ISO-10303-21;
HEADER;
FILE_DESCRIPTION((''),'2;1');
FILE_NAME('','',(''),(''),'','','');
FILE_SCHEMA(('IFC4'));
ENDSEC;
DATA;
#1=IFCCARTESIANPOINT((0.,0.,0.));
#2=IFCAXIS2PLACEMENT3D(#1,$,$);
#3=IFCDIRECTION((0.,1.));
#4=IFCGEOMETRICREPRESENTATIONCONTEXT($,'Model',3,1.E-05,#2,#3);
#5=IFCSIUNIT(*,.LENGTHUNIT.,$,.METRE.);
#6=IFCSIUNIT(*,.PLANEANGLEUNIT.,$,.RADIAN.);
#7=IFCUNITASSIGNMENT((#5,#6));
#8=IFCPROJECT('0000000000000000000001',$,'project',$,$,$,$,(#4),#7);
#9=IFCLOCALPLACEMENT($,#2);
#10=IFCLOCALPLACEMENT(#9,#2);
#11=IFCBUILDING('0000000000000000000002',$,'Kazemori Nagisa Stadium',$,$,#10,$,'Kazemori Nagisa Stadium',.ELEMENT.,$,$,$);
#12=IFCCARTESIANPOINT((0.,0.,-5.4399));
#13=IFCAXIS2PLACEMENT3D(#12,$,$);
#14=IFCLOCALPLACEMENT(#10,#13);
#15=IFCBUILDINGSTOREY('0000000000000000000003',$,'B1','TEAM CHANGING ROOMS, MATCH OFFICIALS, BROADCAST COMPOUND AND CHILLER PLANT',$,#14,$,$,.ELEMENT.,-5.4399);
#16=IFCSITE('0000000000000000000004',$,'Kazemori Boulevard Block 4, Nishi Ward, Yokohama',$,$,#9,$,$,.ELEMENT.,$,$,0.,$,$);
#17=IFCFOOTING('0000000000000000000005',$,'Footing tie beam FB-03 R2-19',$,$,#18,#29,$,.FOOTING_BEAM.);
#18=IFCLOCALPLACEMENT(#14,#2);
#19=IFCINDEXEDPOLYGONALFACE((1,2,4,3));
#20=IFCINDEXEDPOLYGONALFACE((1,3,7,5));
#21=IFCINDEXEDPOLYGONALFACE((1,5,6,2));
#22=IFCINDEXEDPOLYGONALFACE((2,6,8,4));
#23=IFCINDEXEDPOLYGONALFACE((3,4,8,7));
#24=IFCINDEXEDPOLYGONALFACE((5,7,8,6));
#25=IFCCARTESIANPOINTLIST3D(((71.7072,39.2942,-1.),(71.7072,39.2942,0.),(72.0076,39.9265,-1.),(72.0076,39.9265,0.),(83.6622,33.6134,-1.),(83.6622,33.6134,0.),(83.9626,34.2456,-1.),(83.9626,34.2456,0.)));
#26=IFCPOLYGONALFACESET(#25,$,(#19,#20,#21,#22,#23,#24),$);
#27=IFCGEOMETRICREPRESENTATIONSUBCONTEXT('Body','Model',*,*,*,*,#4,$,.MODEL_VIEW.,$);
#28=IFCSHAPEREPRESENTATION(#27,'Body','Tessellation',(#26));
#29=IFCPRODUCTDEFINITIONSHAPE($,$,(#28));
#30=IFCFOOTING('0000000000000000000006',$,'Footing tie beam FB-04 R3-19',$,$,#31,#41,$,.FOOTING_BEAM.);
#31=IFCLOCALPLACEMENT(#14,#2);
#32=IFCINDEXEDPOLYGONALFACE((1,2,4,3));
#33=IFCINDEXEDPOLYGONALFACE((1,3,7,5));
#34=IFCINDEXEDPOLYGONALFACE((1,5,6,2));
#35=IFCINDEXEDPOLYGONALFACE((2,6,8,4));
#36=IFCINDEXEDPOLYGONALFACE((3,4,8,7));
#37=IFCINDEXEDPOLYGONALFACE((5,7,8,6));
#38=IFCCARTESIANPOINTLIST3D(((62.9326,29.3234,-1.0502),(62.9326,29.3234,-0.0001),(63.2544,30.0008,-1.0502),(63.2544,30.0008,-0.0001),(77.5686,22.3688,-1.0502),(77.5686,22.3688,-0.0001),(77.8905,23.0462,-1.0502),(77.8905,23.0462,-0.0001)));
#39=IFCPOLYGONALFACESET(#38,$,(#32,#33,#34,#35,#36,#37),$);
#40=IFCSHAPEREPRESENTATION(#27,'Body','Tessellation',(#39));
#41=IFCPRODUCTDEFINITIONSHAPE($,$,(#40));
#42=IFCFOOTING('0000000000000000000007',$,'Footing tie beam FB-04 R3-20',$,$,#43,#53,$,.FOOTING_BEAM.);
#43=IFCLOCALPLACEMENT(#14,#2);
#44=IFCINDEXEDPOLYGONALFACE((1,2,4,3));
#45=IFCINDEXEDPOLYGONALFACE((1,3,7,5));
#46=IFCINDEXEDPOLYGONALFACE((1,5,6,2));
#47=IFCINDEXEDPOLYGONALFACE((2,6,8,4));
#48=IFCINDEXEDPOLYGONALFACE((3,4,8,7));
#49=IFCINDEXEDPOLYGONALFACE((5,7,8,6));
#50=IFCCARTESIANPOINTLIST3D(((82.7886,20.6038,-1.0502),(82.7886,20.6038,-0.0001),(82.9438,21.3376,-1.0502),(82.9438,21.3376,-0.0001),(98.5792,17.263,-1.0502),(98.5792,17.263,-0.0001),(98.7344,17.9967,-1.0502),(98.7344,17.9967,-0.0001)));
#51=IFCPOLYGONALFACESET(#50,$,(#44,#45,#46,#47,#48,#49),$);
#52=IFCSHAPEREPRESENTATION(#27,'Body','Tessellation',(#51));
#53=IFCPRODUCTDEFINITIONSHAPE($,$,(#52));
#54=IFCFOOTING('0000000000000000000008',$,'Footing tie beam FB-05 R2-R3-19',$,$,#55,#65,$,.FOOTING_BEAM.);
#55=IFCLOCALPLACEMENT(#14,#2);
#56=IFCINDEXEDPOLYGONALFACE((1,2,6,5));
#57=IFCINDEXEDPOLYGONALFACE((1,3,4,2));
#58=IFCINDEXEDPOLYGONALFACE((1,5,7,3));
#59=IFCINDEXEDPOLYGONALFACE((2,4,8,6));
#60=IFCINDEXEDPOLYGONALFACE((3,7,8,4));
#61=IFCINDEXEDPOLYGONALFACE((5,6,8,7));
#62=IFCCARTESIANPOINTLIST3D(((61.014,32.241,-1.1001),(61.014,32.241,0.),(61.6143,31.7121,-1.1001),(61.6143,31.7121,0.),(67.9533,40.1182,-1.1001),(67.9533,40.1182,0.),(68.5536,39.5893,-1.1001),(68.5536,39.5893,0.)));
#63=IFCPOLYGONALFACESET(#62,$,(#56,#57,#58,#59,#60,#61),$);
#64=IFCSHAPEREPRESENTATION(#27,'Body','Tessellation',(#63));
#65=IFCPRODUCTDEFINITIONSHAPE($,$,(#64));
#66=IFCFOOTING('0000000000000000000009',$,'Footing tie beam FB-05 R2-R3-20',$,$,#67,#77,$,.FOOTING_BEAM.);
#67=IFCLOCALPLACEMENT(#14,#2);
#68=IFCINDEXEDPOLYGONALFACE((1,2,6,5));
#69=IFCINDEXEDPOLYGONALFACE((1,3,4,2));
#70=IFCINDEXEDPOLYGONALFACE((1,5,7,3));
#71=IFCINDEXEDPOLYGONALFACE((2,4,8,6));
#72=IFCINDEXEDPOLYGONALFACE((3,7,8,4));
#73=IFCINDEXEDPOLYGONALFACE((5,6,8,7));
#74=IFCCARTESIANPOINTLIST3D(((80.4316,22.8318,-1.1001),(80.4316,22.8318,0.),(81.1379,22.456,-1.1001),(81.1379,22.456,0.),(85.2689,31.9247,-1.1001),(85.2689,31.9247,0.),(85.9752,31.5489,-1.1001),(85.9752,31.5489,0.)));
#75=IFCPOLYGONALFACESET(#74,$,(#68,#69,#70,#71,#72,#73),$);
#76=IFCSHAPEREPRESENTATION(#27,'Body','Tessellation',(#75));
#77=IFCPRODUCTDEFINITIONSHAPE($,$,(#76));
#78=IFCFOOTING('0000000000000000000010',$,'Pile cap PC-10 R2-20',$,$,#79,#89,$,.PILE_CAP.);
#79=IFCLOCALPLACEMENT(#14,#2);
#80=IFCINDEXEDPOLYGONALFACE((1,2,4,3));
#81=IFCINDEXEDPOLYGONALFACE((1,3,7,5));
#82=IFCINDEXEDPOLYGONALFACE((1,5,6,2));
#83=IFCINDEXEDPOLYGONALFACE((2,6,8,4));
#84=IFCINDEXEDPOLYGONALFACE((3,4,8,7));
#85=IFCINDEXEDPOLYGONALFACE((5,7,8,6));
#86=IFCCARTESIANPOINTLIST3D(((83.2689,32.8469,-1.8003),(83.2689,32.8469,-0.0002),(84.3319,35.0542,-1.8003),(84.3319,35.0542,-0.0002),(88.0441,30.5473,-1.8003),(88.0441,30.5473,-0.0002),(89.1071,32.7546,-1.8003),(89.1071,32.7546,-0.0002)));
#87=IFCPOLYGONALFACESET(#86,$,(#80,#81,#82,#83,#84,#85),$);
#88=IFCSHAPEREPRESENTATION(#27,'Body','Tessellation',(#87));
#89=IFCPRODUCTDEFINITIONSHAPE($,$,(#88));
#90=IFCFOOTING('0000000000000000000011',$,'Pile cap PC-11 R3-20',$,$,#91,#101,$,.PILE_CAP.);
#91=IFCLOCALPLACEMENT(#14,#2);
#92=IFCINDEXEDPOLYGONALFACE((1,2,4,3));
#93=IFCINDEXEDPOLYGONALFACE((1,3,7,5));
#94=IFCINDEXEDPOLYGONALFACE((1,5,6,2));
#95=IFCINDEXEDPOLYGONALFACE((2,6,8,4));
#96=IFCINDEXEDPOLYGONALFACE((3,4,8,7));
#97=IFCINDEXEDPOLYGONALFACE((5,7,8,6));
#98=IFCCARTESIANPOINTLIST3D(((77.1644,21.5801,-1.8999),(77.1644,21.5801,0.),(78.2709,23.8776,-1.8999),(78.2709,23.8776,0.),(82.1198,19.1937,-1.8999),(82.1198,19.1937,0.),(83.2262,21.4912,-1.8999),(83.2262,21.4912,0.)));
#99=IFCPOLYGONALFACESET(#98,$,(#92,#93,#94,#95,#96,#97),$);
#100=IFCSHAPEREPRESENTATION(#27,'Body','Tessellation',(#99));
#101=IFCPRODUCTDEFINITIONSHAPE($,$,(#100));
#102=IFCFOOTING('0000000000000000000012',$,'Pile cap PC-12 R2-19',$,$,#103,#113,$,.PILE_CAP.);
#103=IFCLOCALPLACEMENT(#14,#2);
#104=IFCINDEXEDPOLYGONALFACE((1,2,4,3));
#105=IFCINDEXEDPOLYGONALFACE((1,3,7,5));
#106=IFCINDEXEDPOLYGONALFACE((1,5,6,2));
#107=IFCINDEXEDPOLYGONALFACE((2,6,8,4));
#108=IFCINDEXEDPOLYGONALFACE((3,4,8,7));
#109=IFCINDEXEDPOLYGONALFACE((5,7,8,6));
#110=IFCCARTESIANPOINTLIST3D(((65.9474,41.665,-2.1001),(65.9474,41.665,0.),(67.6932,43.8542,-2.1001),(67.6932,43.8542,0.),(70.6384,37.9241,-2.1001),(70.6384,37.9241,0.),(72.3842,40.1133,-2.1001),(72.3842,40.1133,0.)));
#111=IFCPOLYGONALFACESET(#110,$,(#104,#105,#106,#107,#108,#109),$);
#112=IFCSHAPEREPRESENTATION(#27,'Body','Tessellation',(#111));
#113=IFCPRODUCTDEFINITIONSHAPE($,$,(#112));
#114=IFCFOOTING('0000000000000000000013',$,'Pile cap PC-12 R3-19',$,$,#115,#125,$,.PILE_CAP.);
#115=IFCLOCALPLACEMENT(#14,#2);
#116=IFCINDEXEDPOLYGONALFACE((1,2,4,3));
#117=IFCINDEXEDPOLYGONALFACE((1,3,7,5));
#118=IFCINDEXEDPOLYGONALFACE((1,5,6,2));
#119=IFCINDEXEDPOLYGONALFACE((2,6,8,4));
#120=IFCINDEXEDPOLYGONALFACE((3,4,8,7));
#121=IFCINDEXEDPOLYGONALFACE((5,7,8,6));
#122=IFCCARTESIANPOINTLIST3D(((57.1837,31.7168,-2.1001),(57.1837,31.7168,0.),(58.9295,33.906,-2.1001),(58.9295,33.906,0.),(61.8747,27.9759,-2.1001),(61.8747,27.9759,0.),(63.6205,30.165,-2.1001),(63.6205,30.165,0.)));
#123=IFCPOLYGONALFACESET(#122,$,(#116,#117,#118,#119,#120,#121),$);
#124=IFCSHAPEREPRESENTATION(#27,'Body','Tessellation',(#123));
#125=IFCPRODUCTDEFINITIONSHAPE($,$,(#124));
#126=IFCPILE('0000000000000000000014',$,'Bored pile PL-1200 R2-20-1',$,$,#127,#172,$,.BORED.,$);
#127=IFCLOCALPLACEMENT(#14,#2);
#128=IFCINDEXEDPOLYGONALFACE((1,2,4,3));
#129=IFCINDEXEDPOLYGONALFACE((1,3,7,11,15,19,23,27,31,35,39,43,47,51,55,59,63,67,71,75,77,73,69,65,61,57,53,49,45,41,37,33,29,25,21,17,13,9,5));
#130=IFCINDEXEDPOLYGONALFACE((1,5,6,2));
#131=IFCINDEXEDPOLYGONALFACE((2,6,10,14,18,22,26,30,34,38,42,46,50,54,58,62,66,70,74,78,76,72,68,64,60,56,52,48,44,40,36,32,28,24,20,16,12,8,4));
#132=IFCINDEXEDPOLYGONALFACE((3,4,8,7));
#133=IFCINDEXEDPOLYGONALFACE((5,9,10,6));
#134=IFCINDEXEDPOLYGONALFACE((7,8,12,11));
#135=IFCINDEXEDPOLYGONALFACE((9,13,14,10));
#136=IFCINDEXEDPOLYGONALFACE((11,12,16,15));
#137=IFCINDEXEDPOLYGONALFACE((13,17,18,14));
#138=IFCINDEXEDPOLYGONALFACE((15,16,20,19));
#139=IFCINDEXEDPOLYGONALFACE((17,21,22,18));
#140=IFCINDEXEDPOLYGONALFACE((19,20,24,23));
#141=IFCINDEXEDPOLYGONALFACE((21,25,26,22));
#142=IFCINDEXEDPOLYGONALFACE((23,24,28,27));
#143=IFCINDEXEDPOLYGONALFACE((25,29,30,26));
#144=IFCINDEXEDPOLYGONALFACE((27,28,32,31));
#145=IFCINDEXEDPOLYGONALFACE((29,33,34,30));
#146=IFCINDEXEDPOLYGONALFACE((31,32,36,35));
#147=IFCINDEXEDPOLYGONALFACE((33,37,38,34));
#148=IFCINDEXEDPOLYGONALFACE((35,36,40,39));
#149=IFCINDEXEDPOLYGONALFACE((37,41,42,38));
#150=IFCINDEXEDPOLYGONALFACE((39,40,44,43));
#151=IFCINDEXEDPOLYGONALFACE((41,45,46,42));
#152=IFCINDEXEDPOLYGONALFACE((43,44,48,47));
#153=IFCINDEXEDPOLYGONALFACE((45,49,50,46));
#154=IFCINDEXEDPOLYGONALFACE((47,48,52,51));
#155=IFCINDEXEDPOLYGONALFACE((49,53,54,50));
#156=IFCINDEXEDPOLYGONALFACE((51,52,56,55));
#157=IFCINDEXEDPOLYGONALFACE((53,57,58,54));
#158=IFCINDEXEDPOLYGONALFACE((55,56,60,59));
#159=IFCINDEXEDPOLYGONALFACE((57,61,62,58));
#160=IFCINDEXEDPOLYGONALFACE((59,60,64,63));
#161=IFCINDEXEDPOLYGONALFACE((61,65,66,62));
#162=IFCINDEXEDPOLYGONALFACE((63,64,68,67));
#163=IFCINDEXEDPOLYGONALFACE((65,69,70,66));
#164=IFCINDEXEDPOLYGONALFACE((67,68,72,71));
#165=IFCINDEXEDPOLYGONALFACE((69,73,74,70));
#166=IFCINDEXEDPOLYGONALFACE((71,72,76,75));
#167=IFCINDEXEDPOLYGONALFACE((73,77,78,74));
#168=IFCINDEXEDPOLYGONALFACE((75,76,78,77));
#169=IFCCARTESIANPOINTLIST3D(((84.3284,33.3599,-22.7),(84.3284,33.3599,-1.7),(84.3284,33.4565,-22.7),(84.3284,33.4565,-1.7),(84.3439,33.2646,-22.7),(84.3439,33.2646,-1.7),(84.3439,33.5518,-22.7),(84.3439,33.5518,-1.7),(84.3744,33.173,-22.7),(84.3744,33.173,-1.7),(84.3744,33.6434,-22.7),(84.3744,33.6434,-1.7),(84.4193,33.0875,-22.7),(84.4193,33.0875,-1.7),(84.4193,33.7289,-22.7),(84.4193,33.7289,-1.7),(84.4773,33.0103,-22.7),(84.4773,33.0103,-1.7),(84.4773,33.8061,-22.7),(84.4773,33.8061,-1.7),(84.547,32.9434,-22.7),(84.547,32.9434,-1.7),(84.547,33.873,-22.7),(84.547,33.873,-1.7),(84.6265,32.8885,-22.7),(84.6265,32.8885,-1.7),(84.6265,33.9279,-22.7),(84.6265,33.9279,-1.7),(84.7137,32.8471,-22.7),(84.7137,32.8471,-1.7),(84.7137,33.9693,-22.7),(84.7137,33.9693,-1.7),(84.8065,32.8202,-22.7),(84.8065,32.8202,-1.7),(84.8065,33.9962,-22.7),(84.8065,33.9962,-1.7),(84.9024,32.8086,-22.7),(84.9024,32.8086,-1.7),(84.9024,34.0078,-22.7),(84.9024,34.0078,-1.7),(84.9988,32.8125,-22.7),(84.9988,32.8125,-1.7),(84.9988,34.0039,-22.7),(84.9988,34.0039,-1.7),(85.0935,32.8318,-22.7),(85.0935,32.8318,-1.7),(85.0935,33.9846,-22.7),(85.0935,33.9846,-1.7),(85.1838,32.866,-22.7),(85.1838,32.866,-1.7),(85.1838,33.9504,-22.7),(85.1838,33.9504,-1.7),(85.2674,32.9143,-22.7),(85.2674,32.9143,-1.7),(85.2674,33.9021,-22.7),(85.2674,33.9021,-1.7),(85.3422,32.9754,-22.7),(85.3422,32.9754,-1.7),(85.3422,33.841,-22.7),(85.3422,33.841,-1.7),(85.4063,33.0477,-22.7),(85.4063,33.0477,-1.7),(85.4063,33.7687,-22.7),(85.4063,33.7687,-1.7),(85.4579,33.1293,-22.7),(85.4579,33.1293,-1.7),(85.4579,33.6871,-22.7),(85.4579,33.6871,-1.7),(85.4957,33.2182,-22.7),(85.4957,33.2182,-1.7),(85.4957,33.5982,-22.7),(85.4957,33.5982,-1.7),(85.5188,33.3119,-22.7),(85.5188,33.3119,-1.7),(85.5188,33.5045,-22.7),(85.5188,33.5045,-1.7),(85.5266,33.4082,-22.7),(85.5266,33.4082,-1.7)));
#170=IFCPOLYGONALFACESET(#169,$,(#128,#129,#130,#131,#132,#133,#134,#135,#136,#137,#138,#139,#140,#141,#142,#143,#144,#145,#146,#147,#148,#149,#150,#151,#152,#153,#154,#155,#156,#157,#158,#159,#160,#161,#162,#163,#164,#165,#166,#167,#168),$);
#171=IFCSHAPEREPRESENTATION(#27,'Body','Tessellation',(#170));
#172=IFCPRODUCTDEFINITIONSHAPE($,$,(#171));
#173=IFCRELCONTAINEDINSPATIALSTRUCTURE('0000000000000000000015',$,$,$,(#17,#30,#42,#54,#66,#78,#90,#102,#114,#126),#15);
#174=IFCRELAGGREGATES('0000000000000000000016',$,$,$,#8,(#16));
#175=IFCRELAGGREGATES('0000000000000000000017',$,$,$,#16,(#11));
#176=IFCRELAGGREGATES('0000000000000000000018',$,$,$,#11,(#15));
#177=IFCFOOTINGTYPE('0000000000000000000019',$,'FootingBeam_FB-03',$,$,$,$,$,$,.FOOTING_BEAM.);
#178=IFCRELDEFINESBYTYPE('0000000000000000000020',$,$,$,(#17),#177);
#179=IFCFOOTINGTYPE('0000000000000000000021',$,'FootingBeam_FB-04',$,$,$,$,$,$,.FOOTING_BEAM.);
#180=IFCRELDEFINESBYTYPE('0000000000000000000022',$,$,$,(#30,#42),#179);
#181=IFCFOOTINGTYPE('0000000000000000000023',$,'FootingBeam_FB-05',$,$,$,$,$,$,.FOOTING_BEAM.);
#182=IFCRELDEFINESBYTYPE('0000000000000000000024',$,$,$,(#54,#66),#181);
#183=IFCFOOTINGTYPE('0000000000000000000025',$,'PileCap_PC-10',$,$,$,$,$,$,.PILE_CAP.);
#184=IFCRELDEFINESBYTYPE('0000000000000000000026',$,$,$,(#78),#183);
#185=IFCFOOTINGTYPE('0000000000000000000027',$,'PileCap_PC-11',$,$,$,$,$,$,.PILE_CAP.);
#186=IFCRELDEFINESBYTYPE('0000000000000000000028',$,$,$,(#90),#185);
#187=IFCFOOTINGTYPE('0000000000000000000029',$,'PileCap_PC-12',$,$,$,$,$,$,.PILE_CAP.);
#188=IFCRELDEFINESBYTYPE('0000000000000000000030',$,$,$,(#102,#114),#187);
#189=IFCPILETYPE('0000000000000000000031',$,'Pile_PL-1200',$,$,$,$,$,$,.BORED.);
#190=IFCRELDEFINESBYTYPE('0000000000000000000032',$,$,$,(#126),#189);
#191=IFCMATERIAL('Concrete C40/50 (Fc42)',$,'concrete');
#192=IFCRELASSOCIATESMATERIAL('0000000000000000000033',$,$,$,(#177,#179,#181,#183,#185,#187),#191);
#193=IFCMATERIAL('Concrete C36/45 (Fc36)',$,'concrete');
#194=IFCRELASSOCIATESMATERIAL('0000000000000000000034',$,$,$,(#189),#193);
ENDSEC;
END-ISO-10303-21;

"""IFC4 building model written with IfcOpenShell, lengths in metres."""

from ifc_helpers import new_model, si_unit, direction, frame, origin, origin_2d, place, context, subcontext, project, spatial, rectangle, circle, extrude, material, material_profile, profile_set, type_object, element, save


model = new_model("IFC4")

# Units and contexts
model_context = context("Model", 3, precision=1e-05, world=origin(), true_north=direction((0.0, 1.0)))
body_context = subcontext(model_context, "Body", "Model", "MODEL_VIEW")
ifc_project = project(units=[si_unit("LENGTHUNIT", "METRE"), si_unit("PLANEANGLEUNIT", "RADIAN")], contexts=[model_context])

# Site, building, storey
site_placement = place(None, origin())
site = spatial("IfcSite", under=ifc_project, at=site_placement, Name="Kazemori Boulevard Block 4, Nishi Ward, Yokohama", CompositionType="ELEMENT", RefElevation=0.0)
building_placement = place(site_placement, origin())
building = spatial("IfcBuilding", under=site, at=building_placement, Name="Kazemori Nagisa Stadium", LongName="Kazemori Nagisa Stadium", CompositionType="ELEMENT")
storey_placement = place(building_placement, frame((0.0, 0.0, -5.4399)))
storey = spatial("IfcBuildingStorey", under=building, at=storey_placement, Name="B1", Description="TEAM CHANGING ROOMS, MATCH OFFICIALS, BROADCAST COMPOUND AND CHILLER PLANT", CompositionType="ELEMENT", Elevation=-5.4399)

# Footings
ifc_material_1 = material(Name="Concrete C40/50 (Fc42)", Category="concrete")
ifc_material_profile_1 = material_profile(ifc_material_1, rectangle(XDim=0.7, YDim=1.0, at=origin_2d()), Name="RC-FB-700x1000")
ifc_profile_set_1 = profile_set([ifc_material_profile_1], Name="Concrete C40/50 (Fc42)")
footing_type_1 = type_object("IfcFootingType", Name="FootingBeam_FB-03", PredefinedType="FOOTING_BEAM", material=ifc_profile_set_1)
footing_1_placement = place(storey_placement, frame((71.8574, 39.6104, -0.5), z_axis=(0.903212, -0.429195, 0.0), x_axis=(0.429195, 0.903212, 0.0)))
element("IfcFooting", 1, at=footing_1_placement, inside=storey, type_object=footing_type_1, Name="Footing tie beam FB-03 R2-19", PredefinedType="FOOTING_BEAM", context=body_context, shape_type="SweptSolid", body=[
    extrude(rectangle(XDim=0.7, YDim=1.0, at=origin_2d()), origin(), (0.0, 0.0, 1.0), 13.2361),
])
ifc_material_profile_2 = material_profile(ifc_material_1, rectangle(XDim=0.75, YDim=1.05, at=origin_2d()), Name="RC-FB-750x1050")
ifc_profile_set_2 = profile_set([ifc_material_profile_2], Name="Concrete C40/50 (Fc42)")
footing_type_2 = type_object("IfcFootingType", Name="FootingBeam_FB-04", PredefinedType="FOOTING_BEAM", material=ifc_profile_set_2)
footing_2_placement = place(storey_placement, frame((63.0935, 29.6621, -0.5251), z_axis=(0.903218, -0.429183, 0.0), x_axis=(0.429183, 0.903218, 0.0)))
element("IfcFooting", 2, at=footing_2_placement, inside=storey, type_object=footing_type_2, Name="Footing tie beam FB-04 R3-19", PredefinedType="FOOTING_BEAM", context=body_context, shape_type="SweptSolid", body=[
    extrude(rectangle(XDim=0.75, YDim=1.05, at=origin_2d()), origin(), (0.0, 0.0, 1.0), 16.2043),
])
footing_3_placement = place(storey_placement, frame((82.8662, 20.9707, -0.5251), z_axis=(0.978343, -0.206989, 0.0), x_axis=(0.206989, 0.978343, 0.0)))
element("IfcFooting", 3, at=footing_3_placement, inside=storey, type_object=footing_type_2, Name="Footing tie beam FB-04 R3-20", PredefinedType="FOOTING_BEAM", context=body_context, shape_type="SweptSolid", body=[
    extrude(rectangle(XDim=0.75, YDim=1.05, at=origin_2d()), origin(), (0.0, 0.0, 1.0), 16.1401),
])
ifc_material_profile_3 = material_profile(ifc_material_1, rectangle(XDim=0.8, YDim=1.1001, at=origin_2d()), Name="RC-FB-800x1100")
ifc_profile_set_3 = profile_set([ifc_material_profile_3], Name="Concrete C40/50 (Fc42)")
footing_type_3 = type_object("IfcFootingType", Name="FootingBeam_FB-05", PredefinedType="FOOTING_BEAM", material=ifc_profile_set_3)
footing_4_placement = place(storey_placement, frame((68.2534, 39.8538, -0.55), z_axis=(-0.661018, -0.75037, 0.0), x_axis=(0.75037, -0.661018, 0.0)))
element("IfcFooting", 4, at=footing_4_placement, inside=storey, type_object=footing_type_3, Name="Footing tie beam FB-05 R2-R3-19", PredefinedType="FOOTING_BEAM", context=body_context, shape_type="SweptSolid", body=[
    extrude(rectangle(XDim=0.8, YDim=1.1001, at=origin_2d()), origin(), (0.0, 0.0, 1.0), 10.4978),
])
footing_5_placement = place(storey_placement, frame((85.6221, 31.7368, -0.55), z_axis=(-0.469665, -0.882845, 0.0), x_axis=(0.882845, -0.469665, 0.0)))
element("IfcFooting", 5, at=footing_5_placement, inside=storey, type_object=footing_type_3, Name="Footing tie beam FB-05 R2-R3-20", PredefinedType="FOOTING_BEAM", context=body_context, shape_type="SweptSolid", body=[
    extrude(rectangle(XDim=0.8, YDim=1.1001, at=origin_2d()), origin(), (0.0, 0.0, 1.0), 10.2996),
])
footing_type_4 = type_object("IfcFootingType", Name="PileCap_PC-10", PredefinedType="PILE_CAP", material=ifc_material_1)
footing_6_placement = place(storey_placement, frame((86.188, 32.8008, -1.8003), z_axis=(0.0, 0.0, 1.0), x_axis=(0.900969, -0.433884, 0.0)))
element("IfcFooting", 6, at=footing_6_placement, inside=storey, type_object=footing_type_4, Name="Pile cap PC-10 R2-20", PredefinedType="PILE_CAP", context=body_context, shape_type="SweptSolid", body=[
    extrude(rectangle(XDim=5.3, YDim=2.45, at=origin_2d()), origin(), (0.0, 0.0, 1.0), 1.8),
])
footing_type_5 = type_object("IfcFootingType", Name="PileCap_PC-11", PredefinedType="PILE_CAP", material=ifc_material_1)
footing_7_placement = place(storey_placement, frame((80.1953, 21.5356, -1.8999), z_axis=(0.0, 0.0, 1.0), x_axis=(0.900969, -0.433884, 0.0)))
element("IfcFooting", 7, at=footing_7_placement, inside=storey, type_object=footing_type_5, Name="Pile cap PC-11 R3-20", PredefinedType="PILE_CAP", context=body_context, shape_type="SweptSolid", body=[
    extrude(rectangle(XDim=5.5, YDim=2.55, at=origin_2d()), origin(), (0.0, 0.0, 1.0), 1.8999),
])
footing_type_6 = type_object("IfcFootingType", Name="PileCap_PC-12", PredefinedType="PILE_CAP", material=ifc_material_1)
for number, where, z_axis, x_axis, name in (
    (8, (69.1658, 40.8892, -2.1001), (0.0, 0.0, 1.0), (0.781831, -0.62349, 0.0), "Pile cap PC-12 R2-19"),
    (9, (60.4021, 30.9409, -2.1001), (0.0, 0.0, 1.0), (0.781831, -0.62349, 0.0), "Pile cap PC-12 R3-19"),
):
    element("IfcFooting", number, at=place(storey_placement, frame(where, z_axis=z_axis, x_axis=x_axis)), inside=storey, type_object=footing_type_6, Name=name, PredefinedType="PILE_CAP", context=body_context, shape_type="SweptSolid", body=[
        extrude(rectangle(XDim=6.0, YDim=2.8, at=origin_2d()), origin(), (0.0, 0.0, 1.0), 2.1001),
    ])

# Pile
ifc_material_2 = material(Name="Concrete C36/45 (Fc36)", Category="concrete")
ifc_material_profile_4 = material_profile(ifc_material_2, circle(Radius=0.6001, at=origin_2d()), Name="PILE-D1200")
ifc_profile_set_4 = profile_set([ifc_material_profile_4], Name="Concrete C36/45 (Fc36)")
pile_type_1 = type_object("IfcPileType", Name="Pile_PL-1200", PredefinedType="BORED", material=ifc_profile_set_4)
for number, where, z_axis, x_axis, name in (
    (10, (84.9265, 33.4082, -1.7), (0.0, 0.0, -1.0), (1.0, 0.0, 0.0), "Bored pile PL-1200 R2-20-1"),
):
    element("IfcPile", number, at=place(storey_placement, frame(where, z_axis=z_axis, x_axis=x_axis)), inside=storey, type_object=pile_type_1, Name=name, PredefinedType="BORED", context=body_context, shape_type="SweptSolid", body=[
        extrude(circle(Radius=0.6001, at=origin_2d()), origin(), (0.0, 0.0, 1.0), 21.0),
    ])

save(model, "model.ifc")
